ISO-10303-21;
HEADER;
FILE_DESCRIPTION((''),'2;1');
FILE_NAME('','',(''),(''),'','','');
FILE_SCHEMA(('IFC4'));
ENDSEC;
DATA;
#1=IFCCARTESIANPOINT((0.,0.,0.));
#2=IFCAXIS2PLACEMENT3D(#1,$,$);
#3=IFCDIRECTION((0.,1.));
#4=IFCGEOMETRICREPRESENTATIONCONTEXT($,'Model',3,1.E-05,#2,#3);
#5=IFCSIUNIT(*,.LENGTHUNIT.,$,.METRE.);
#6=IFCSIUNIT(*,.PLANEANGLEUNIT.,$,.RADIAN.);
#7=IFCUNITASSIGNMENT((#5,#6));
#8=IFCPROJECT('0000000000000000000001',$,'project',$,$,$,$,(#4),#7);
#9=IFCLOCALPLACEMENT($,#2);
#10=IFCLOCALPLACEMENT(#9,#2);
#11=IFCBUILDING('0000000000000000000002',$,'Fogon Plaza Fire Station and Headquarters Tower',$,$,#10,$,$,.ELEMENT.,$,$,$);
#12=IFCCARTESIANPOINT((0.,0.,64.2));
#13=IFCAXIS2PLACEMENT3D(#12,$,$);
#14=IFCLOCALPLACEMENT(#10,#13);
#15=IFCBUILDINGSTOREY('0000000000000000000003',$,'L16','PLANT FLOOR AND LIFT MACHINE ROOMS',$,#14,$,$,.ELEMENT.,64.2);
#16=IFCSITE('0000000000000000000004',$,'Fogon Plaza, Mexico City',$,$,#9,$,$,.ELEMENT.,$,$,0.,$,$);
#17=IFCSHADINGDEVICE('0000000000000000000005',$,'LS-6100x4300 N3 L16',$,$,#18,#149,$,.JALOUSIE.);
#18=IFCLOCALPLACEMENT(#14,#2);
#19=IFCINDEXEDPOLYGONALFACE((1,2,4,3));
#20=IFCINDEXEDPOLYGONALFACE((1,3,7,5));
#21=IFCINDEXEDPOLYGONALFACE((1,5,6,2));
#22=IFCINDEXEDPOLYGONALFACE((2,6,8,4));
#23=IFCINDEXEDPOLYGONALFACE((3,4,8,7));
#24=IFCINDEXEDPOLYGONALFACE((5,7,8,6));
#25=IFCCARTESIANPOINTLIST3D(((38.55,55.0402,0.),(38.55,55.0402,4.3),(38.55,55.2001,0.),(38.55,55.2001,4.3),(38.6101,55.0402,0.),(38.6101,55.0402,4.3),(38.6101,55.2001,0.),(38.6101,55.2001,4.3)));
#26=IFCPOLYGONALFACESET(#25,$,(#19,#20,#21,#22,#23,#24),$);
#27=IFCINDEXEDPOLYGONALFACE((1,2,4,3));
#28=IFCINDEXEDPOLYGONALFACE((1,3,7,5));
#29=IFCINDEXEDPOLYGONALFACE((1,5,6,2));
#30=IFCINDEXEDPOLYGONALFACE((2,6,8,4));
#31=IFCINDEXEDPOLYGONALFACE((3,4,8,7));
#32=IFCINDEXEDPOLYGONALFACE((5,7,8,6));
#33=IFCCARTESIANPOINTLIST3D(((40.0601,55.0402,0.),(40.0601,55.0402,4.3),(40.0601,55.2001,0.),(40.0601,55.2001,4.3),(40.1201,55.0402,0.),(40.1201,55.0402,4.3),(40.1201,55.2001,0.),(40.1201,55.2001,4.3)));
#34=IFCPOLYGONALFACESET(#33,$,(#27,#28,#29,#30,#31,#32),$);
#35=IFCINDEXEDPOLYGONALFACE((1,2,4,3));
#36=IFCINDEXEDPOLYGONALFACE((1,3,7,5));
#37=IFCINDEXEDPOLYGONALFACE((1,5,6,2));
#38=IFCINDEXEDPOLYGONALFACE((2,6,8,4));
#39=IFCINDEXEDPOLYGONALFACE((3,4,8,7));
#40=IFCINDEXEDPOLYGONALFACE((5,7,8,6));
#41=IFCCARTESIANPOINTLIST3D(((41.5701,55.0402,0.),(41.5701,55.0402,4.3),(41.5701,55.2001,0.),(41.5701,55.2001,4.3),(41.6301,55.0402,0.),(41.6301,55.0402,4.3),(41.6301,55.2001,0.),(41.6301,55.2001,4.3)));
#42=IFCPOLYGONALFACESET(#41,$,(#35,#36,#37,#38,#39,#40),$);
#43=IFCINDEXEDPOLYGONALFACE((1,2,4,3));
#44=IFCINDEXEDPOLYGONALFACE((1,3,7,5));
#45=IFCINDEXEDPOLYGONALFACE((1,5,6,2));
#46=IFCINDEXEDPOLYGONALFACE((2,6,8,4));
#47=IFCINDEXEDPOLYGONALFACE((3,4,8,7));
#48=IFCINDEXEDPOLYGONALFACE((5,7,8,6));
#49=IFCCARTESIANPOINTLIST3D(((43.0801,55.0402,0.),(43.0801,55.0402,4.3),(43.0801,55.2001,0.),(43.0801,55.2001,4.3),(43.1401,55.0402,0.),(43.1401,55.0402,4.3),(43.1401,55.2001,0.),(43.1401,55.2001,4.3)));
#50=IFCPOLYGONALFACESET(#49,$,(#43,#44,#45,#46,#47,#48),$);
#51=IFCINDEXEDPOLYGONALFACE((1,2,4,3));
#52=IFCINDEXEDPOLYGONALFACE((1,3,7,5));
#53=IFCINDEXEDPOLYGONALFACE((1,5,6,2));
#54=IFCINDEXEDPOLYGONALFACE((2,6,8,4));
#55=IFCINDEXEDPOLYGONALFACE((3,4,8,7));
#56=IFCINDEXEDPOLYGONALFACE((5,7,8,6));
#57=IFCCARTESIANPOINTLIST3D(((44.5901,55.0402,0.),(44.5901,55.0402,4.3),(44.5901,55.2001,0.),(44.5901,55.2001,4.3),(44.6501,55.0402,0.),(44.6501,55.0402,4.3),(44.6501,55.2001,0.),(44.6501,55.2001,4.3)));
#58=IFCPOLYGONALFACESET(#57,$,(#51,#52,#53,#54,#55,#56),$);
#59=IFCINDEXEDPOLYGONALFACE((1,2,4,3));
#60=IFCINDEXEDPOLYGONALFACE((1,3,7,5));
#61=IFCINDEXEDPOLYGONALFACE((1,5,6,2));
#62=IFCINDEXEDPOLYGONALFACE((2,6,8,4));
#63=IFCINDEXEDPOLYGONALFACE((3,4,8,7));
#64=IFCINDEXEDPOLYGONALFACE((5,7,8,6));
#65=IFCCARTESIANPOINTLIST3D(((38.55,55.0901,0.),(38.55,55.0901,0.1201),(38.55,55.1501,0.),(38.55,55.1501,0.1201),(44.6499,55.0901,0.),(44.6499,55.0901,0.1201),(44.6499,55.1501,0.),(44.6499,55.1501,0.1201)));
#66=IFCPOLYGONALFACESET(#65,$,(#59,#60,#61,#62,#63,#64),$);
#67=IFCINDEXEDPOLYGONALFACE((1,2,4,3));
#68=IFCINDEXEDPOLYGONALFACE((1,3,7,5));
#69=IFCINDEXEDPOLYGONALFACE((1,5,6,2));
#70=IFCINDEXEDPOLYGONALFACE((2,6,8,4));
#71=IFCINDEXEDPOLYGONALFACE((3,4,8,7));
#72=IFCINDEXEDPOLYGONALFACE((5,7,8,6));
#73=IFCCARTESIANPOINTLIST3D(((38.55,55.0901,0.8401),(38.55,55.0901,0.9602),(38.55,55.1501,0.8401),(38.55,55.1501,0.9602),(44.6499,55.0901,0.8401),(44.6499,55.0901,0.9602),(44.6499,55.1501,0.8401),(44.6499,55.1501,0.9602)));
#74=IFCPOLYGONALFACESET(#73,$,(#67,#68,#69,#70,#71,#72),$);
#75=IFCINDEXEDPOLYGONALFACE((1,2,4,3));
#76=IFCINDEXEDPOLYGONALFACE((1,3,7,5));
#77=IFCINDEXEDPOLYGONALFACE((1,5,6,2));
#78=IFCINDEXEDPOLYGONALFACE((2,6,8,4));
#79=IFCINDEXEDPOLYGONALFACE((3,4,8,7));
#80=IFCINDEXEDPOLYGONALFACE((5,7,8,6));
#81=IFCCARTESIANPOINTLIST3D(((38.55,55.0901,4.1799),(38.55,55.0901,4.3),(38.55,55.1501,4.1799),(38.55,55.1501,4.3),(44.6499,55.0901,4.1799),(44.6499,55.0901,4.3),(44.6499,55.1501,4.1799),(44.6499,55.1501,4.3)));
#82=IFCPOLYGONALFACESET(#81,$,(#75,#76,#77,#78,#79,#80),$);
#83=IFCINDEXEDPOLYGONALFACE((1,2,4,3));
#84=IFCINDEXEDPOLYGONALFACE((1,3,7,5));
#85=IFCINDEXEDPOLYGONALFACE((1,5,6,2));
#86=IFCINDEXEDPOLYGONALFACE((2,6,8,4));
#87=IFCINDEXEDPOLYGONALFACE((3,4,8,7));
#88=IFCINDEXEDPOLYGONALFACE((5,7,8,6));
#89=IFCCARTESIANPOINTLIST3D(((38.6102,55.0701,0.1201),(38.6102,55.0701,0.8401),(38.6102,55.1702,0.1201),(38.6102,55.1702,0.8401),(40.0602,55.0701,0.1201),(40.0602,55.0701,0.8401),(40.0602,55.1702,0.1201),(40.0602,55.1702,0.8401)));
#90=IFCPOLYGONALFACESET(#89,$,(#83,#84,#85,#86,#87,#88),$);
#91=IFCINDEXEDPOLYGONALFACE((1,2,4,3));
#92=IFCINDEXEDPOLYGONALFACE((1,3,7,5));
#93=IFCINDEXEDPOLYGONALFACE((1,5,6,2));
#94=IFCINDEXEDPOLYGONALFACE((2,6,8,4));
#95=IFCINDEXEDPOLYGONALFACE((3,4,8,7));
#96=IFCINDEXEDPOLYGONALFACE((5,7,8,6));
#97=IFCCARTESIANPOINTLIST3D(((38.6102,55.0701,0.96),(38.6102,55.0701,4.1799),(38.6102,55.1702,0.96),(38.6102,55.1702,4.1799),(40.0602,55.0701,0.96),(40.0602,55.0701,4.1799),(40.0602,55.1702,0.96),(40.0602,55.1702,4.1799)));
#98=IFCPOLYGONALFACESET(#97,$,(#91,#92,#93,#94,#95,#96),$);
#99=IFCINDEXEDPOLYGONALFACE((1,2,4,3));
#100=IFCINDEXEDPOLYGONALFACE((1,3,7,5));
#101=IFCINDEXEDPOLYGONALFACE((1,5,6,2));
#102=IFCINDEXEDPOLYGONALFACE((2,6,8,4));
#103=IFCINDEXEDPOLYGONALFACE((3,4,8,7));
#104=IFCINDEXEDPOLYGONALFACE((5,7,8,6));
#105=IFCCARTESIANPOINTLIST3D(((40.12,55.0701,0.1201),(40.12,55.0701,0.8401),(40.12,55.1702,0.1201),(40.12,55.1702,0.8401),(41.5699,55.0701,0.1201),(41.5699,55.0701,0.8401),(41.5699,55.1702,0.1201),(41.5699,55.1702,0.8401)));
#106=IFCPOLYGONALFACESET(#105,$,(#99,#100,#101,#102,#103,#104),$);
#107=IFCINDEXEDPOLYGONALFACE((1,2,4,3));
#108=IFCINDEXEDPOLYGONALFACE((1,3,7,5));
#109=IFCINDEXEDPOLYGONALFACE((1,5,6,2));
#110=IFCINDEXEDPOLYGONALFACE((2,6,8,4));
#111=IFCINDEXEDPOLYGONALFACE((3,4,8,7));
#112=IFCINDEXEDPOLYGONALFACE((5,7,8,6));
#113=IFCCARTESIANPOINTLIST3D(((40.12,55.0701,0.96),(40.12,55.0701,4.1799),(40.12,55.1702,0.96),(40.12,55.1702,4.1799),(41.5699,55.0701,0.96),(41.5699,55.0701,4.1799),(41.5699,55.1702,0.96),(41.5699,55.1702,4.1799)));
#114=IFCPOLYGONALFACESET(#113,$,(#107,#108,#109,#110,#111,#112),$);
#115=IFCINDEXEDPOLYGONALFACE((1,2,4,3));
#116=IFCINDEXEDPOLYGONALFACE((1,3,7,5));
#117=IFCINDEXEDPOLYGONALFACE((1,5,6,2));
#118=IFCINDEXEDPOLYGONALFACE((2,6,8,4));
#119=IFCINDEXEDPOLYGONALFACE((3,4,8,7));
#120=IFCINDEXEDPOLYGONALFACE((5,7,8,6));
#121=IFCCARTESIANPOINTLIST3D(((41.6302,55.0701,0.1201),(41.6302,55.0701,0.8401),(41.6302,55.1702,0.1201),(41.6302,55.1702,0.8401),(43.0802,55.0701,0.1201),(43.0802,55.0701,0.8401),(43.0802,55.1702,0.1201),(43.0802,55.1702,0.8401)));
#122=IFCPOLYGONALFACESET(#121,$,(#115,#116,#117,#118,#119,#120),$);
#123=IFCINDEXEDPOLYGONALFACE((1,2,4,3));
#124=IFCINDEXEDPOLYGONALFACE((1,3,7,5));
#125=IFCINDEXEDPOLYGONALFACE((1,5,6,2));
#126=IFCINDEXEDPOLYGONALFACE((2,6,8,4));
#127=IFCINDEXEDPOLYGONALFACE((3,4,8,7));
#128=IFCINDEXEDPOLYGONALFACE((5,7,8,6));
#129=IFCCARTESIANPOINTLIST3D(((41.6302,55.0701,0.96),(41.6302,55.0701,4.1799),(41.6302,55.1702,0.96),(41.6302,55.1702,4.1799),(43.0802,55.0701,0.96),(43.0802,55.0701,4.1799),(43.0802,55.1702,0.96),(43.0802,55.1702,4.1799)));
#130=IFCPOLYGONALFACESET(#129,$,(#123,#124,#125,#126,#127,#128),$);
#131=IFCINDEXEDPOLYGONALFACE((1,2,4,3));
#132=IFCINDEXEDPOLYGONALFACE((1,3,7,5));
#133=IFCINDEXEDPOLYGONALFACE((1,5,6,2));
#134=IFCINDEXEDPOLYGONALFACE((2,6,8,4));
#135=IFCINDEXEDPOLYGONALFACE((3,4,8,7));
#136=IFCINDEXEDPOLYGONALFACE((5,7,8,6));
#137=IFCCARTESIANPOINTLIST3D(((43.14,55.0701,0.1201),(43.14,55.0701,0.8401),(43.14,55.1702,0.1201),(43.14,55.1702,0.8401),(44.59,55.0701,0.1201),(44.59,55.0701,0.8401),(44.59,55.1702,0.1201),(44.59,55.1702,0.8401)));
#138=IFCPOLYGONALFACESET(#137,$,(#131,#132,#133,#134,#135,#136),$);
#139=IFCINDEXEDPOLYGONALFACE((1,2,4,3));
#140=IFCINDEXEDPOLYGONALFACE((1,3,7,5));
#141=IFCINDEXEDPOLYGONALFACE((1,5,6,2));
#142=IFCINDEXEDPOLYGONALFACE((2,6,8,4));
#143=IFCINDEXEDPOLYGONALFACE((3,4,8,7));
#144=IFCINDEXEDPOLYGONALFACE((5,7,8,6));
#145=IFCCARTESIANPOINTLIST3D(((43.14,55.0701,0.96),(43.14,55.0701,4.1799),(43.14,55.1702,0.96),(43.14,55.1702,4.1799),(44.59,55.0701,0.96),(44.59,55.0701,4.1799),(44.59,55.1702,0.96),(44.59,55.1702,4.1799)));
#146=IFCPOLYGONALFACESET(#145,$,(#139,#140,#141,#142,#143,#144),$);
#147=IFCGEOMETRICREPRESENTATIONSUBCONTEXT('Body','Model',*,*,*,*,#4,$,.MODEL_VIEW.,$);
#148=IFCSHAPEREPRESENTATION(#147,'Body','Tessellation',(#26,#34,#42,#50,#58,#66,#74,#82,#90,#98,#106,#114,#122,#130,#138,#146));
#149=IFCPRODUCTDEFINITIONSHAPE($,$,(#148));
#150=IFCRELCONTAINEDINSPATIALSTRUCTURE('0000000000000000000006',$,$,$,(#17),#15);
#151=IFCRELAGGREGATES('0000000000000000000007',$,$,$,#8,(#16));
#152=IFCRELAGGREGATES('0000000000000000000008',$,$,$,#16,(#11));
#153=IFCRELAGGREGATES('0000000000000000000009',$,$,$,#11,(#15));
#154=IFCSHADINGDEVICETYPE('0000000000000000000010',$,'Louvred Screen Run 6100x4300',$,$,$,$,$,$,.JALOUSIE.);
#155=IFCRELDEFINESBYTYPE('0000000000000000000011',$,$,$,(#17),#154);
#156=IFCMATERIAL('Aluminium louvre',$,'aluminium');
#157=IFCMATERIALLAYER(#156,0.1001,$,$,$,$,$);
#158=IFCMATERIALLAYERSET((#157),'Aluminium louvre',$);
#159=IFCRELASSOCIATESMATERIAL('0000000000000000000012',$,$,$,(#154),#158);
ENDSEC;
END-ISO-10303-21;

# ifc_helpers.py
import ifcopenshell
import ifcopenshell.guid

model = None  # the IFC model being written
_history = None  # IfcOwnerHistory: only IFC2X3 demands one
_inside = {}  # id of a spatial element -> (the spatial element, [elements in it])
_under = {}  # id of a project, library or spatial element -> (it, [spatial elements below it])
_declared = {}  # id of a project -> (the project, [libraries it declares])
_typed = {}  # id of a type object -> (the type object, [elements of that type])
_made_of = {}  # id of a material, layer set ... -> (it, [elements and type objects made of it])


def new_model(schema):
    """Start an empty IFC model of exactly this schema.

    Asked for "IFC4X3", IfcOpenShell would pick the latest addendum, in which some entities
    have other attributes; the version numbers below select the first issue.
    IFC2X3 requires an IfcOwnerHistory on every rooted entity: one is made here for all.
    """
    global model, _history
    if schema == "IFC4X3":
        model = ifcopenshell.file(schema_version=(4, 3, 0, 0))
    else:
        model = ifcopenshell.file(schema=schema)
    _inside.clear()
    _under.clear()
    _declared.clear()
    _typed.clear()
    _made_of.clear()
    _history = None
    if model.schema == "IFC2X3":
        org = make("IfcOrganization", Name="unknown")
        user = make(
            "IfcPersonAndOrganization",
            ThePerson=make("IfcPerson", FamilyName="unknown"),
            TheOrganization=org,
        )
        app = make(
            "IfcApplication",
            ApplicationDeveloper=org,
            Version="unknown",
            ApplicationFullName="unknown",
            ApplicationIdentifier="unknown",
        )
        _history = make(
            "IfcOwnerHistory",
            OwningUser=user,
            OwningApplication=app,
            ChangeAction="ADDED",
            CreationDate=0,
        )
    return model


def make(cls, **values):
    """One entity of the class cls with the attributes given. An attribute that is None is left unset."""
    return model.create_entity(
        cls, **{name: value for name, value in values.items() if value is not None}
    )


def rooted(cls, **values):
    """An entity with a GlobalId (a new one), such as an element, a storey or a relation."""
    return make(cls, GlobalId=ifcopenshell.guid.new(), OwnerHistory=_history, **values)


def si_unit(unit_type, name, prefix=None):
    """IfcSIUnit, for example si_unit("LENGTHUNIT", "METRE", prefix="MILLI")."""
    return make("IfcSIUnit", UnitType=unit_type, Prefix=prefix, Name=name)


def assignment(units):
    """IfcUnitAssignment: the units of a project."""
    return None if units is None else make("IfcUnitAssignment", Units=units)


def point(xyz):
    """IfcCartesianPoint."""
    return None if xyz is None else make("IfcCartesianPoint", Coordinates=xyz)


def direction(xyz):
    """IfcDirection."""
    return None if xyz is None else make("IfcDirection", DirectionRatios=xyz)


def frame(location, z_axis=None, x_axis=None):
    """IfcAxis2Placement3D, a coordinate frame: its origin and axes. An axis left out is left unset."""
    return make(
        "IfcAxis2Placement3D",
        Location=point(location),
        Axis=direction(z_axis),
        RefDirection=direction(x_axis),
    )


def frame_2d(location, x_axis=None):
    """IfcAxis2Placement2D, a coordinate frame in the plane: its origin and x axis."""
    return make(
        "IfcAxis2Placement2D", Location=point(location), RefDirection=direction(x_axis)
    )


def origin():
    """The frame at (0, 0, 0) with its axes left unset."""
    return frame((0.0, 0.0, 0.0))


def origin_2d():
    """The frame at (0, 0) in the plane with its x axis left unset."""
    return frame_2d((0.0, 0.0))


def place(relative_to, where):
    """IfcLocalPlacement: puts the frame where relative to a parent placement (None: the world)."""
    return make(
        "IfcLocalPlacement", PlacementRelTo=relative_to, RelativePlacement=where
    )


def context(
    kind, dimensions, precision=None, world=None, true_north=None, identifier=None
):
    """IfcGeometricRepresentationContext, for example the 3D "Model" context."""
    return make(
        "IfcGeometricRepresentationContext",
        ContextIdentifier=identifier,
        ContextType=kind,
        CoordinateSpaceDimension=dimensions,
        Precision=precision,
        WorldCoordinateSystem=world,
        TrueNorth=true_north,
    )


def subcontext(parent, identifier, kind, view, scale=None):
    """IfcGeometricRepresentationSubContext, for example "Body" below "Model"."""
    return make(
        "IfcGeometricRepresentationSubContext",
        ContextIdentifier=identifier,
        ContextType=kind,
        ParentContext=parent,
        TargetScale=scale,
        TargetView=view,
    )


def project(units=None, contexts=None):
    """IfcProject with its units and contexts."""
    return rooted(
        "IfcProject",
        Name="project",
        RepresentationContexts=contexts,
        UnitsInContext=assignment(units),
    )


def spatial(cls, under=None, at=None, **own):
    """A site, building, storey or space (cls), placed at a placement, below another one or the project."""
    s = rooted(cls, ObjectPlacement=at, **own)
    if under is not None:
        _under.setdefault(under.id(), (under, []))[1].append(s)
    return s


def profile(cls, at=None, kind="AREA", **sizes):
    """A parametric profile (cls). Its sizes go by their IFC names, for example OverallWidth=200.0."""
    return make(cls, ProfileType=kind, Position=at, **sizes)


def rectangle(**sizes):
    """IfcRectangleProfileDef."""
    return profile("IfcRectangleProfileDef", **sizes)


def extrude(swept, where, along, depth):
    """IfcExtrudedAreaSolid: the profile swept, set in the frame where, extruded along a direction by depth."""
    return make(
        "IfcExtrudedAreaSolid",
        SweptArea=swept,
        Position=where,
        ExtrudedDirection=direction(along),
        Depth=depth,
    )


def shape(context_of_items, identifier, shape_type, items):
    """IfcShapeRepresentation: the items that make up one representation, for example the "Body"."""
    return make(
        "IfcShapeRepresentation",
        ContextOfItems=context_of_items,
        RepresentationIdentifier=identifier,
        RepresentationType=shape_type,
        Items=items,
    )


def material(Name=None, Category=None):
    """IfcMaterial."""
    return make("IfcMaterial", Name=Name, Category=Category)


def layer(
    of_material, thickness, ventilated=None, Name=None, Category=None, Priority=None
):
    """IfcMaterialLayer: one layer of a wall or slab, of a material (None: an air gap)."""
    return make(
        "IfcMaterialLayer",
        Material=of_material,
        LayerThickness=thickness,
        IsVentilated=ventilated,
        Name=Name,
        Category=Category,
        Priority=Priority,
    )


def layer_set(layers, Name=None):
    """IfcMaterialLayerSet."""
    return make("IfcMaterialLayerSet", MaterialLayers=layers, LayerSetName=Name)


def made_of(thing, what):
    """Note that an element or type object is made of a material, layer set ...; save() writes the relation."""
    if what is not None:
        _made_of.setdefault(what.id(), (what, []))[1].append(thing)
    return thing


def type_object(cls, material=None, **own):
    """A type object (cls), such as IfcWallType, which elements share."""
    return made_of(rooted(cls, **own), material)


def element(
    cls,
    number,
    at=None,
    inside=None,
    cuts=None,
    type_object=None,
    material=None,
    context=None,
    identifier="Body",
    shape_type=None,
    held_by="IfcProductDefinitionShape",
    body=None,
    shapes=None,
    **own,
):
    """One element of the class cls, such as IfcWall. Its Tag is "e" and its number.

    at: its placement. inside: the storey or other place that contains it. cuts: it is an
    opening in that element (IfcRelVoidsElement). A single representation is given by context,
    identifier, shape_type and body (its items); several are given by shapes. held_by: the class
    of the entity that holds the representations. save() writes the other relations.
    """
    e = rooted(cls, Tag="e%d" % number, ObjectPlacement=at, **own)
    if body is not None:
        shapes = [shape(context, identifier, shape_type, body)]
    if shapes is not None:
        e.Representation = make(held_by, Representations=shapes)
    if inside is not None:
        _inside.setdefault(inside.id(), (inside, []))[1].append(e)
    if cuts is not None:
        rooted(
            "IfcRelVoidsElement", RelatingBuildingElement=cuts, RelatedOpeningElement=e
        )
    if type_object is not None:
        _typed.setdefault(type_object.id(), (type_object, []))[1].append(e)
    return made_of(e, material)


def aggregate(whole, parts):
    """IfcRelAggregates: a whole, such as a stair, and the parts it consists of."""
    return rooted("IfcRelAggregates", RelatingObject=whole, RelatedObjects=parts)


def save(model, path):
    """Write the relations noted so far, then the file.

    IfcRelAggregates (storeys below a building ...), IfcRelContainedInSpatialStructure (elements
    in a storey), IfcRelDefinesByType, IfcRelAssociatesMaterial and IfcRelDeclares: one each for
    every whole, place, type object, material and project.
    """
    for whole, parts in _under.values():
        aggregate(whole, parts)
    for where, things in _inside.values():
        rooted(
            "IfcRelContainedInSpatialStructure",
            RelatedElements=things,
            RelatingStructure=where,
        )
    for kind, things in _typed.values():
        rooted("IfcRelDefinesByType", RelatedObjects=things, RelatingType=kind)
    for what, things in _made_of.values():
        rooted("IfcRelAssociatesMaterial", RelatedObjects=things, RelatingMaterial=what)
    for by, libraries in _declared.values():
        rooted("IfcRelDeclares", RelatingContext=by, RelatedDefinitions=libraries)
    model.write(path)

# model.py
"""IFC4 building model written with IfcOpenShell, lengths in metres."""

from ifc_helpers import new_model, si_unit, direction, frame, origin, origin_2d, place, context, subcontext, project, spatial, rectangle, extrude, material, layer, layer_set, type_object, element, save


model = new_model("IFC4")

# Units and contexts
model_context = context("Model", 3, precision=1e-05, world=origin(), true_north=direction((0.0, 1.0)))
body_context = subcontext(model_context, "Body", "Model", "MODEL_VIEW")
ifc_project = project(units=[si_unit("LENGTHUNIT", "METRE"), si_unit("PLANEANGLEUNIT", "RADIAN")], contexts=[model_context])

# Site, building, storey
site_placement = place(None, origin())
site = spatial("IfcSite", under=ifc_project, at=site_placement, Name="Fogon Plaza, Mexico City", CompositionType="ELEMENT", RefElevation=0.0)
building_placement = place(site_placement, origin())
building = spatial("IfcBuilding", under=site, at=building_placement, Name="Fogon Plaza Fire Station and Headquarters Tower", CompositionType="ELEMENT")
storey_placement = place(building_placement, frame((0.0, 0.0, 64.2)))
storey = spatial("IfcBuildingStorey", under=building, at=storey_placement, Name="L16", Description="PLANT FLOOR AND LIFT MACHINE ROOMS", CompositionType="ELEMENT", Elevation=64.2)

# Shading device
ifc_material_1 = material(Name="Aluminium louvre", Category="aluminium")
ifc_layer_1 = layer(ifc_material_1, 0.1001)
ifc_layer_set_1 = layer_set([ifc_layer_1], Name="Aluminium louvre")
shading_device_type = type_object("IfcShadingDeviceType", Name="Louvred Screen Run 6100x4300", PredefinedType="JALOUSIE", material=ifc_layer_set_1)
shading_device_1_placement = place(storey_placement, frame((38.55, 55.1201, 0.0), z_axis=(0.0, 0.0, 1.0), x_axis=(1.0, 0.0, 0.0)))
element("IfcShadingDevice", 1, at=shading_device_1_placement, inside=storey, type_object=shading_device_type, Name="LS-6100x4300 N3 L16", PredefinedType="JALOUSIE", context=body_context, shape_type="SweptSolid", body=[
    extrude(rectangle(XDim=0.0601, YDim=0.1599, at=origin_2d()), frame((0.03, 0.0, 0.0), z_axis=(0.0, 0.0, 1.0), x_axis=(1.0, 0.0, 0.0)), (0.0, 0.0, 1.0), 4.3),
    extrude(rectangle(XDim=0.0601, YDim=0.1599, at=origin_2d()), frame((1.54, 0.0, 0.0), z_axis=(0.0, 0.0, 1.0), x_axis=(1.0, 0.0, 0.0)), (0.0, 0.0, 1.0), 4.3),
    extrude(rectangle(XDim=0.0601, YDim=0.1599, at=origin_2d()), frame((3.05, 0.0, 0.0), z_axis=(0.0, 0.0, 1.0), x_axis=(1.0, 0.0, 0.0)), (0.0, 0.0, 1.0), 4.3),
    extrude(rectangle(XDim=0.0601, YDim=0.1599, at=origin_2d()), frame((4.5601, 0.0, 0.0), z_axis=(0.0, 0.0, 1.0), x_axis=(1.0, 0.0, 0.0)), (0.0, 0.0, 1.0), 4.3),
    extrude(rectangle(XDim=0.0601, YDim=0.1599, at=origin_2d()), frame((6.0701, 0.0, 0.0), z_axis=(0.0, 0.0, 1.0), x_axis=(1.0, 0.0, 0.0)), (0.0, 0.0, 1.0), 4.3),
    extrude(rectangle(XDim=0.1201, YDim=0.0601, at=origin_2d()), frame((0.0, 0.0, 0.0601), z_axis=(1.0, 0.0, 0.0), x_axis=(0.0, 0.0, 1.0)), (0.0, 0.0, 1.0), 6.0999),
    extrude(rectangle(XDim=0.1201, YDim=0.0601, at=origin_2d()), frame((0.0, 0.0, 0.9001), z_axis=(1.0, 0.0, 0.0), x_axis=(0.0, 0.0, 1.0)), (0.0, 0.0, 1.0), 6.0999),
    extrude(rectangle(XDim=0.1201, YDim=0.0601, at=origin_2d()), frame((0.0, 0.0, 4.24), z_axis=(1.0, 0.0, 0.0), x_axis=(0.0, 0.0, 1.0)), (0.0, 0.0, 1.0), 6.0999),
    extrude(rectangle(XDim=1.45, YDim=0.1001, at=origin_2d()), frame((0.7852, 0.0, 0.1201), z_axis=(0.0, 0.0, 1.0), x_axis=(1.0, 0.0, 0.0)), (0.0, 0.0, 1.0), 0.72),
    extrude(rectangle(XDim=1.45, YDim=0.1001, at=origin_2d()), frame((0.7852, 0.0, 0.96), z_axis=(0.0, 0.0, 1.0), x_axis=(1.0, 0.0, 0.0)), (0.0, 0.0, 1.0), 3.22),
    extrude(rectangle(XDim=1.45, YDim=0.1001, at=origin_2d()), frame((2.2949, 0.0, 0.1201), z_axis=(0.0, 0.0, 1.0), x_axis=(1.0, 0.0, 0.0)), (0.0, 0.0, 1.0), 0.72),
    extrude(rectangle(XDim=1.45, YDim=0.1001, at=origin_2d()), frame((2.2949, 0.0, 0.96), z_axis=(0.0, 0.0, 1.0), x_axis=(1.0, 0.0, 0.0)), (0.0, 0.0, 1.0), 3.22),
    extrude(rectangle(XDim=1.45, YDim=0.1001, at=origin_2d()), frame((3.8052, 0.0, 0.1201), z_axis=(0.0, 0.0, 1.0), x_axis=(1.0, 0.0, 0.0)), (0.0, 0.0, 1.0), 0.72),
    extrude(rectangle(XDim=1.45, YDim=0.1001, at=origin_2d()), frame((3.8052, 0.0, 0.96), z_axis=(0.0, 0.0, 1.0), x_axis=(1.0, 0.0, 0.0)), (0.0, 0.0, 1.0), 3.22),
    extrude(rectangle(XDim=1.45, YDim=0.1001, at=origin_2d()), frame((5.3149, 0.0, 0.1201), z_axis=(0.0, 0.0, 1.0), x_axis=(1.0, 0.0, 0.0)), (0.0, 0.0, 1.0), 0.72),
    extrude(rectangle(XDim=1.45, YDim=0.1001, at=origin_2d()), frame((5.3149, 0.0, 0.96), z_axis=(0.0, 0.0, 1.0), x_axis=(1.0, 0.0, 0.0)), (0.0, 0.0, 1.0), 3.22),
])

save(model, "model.ifc")
